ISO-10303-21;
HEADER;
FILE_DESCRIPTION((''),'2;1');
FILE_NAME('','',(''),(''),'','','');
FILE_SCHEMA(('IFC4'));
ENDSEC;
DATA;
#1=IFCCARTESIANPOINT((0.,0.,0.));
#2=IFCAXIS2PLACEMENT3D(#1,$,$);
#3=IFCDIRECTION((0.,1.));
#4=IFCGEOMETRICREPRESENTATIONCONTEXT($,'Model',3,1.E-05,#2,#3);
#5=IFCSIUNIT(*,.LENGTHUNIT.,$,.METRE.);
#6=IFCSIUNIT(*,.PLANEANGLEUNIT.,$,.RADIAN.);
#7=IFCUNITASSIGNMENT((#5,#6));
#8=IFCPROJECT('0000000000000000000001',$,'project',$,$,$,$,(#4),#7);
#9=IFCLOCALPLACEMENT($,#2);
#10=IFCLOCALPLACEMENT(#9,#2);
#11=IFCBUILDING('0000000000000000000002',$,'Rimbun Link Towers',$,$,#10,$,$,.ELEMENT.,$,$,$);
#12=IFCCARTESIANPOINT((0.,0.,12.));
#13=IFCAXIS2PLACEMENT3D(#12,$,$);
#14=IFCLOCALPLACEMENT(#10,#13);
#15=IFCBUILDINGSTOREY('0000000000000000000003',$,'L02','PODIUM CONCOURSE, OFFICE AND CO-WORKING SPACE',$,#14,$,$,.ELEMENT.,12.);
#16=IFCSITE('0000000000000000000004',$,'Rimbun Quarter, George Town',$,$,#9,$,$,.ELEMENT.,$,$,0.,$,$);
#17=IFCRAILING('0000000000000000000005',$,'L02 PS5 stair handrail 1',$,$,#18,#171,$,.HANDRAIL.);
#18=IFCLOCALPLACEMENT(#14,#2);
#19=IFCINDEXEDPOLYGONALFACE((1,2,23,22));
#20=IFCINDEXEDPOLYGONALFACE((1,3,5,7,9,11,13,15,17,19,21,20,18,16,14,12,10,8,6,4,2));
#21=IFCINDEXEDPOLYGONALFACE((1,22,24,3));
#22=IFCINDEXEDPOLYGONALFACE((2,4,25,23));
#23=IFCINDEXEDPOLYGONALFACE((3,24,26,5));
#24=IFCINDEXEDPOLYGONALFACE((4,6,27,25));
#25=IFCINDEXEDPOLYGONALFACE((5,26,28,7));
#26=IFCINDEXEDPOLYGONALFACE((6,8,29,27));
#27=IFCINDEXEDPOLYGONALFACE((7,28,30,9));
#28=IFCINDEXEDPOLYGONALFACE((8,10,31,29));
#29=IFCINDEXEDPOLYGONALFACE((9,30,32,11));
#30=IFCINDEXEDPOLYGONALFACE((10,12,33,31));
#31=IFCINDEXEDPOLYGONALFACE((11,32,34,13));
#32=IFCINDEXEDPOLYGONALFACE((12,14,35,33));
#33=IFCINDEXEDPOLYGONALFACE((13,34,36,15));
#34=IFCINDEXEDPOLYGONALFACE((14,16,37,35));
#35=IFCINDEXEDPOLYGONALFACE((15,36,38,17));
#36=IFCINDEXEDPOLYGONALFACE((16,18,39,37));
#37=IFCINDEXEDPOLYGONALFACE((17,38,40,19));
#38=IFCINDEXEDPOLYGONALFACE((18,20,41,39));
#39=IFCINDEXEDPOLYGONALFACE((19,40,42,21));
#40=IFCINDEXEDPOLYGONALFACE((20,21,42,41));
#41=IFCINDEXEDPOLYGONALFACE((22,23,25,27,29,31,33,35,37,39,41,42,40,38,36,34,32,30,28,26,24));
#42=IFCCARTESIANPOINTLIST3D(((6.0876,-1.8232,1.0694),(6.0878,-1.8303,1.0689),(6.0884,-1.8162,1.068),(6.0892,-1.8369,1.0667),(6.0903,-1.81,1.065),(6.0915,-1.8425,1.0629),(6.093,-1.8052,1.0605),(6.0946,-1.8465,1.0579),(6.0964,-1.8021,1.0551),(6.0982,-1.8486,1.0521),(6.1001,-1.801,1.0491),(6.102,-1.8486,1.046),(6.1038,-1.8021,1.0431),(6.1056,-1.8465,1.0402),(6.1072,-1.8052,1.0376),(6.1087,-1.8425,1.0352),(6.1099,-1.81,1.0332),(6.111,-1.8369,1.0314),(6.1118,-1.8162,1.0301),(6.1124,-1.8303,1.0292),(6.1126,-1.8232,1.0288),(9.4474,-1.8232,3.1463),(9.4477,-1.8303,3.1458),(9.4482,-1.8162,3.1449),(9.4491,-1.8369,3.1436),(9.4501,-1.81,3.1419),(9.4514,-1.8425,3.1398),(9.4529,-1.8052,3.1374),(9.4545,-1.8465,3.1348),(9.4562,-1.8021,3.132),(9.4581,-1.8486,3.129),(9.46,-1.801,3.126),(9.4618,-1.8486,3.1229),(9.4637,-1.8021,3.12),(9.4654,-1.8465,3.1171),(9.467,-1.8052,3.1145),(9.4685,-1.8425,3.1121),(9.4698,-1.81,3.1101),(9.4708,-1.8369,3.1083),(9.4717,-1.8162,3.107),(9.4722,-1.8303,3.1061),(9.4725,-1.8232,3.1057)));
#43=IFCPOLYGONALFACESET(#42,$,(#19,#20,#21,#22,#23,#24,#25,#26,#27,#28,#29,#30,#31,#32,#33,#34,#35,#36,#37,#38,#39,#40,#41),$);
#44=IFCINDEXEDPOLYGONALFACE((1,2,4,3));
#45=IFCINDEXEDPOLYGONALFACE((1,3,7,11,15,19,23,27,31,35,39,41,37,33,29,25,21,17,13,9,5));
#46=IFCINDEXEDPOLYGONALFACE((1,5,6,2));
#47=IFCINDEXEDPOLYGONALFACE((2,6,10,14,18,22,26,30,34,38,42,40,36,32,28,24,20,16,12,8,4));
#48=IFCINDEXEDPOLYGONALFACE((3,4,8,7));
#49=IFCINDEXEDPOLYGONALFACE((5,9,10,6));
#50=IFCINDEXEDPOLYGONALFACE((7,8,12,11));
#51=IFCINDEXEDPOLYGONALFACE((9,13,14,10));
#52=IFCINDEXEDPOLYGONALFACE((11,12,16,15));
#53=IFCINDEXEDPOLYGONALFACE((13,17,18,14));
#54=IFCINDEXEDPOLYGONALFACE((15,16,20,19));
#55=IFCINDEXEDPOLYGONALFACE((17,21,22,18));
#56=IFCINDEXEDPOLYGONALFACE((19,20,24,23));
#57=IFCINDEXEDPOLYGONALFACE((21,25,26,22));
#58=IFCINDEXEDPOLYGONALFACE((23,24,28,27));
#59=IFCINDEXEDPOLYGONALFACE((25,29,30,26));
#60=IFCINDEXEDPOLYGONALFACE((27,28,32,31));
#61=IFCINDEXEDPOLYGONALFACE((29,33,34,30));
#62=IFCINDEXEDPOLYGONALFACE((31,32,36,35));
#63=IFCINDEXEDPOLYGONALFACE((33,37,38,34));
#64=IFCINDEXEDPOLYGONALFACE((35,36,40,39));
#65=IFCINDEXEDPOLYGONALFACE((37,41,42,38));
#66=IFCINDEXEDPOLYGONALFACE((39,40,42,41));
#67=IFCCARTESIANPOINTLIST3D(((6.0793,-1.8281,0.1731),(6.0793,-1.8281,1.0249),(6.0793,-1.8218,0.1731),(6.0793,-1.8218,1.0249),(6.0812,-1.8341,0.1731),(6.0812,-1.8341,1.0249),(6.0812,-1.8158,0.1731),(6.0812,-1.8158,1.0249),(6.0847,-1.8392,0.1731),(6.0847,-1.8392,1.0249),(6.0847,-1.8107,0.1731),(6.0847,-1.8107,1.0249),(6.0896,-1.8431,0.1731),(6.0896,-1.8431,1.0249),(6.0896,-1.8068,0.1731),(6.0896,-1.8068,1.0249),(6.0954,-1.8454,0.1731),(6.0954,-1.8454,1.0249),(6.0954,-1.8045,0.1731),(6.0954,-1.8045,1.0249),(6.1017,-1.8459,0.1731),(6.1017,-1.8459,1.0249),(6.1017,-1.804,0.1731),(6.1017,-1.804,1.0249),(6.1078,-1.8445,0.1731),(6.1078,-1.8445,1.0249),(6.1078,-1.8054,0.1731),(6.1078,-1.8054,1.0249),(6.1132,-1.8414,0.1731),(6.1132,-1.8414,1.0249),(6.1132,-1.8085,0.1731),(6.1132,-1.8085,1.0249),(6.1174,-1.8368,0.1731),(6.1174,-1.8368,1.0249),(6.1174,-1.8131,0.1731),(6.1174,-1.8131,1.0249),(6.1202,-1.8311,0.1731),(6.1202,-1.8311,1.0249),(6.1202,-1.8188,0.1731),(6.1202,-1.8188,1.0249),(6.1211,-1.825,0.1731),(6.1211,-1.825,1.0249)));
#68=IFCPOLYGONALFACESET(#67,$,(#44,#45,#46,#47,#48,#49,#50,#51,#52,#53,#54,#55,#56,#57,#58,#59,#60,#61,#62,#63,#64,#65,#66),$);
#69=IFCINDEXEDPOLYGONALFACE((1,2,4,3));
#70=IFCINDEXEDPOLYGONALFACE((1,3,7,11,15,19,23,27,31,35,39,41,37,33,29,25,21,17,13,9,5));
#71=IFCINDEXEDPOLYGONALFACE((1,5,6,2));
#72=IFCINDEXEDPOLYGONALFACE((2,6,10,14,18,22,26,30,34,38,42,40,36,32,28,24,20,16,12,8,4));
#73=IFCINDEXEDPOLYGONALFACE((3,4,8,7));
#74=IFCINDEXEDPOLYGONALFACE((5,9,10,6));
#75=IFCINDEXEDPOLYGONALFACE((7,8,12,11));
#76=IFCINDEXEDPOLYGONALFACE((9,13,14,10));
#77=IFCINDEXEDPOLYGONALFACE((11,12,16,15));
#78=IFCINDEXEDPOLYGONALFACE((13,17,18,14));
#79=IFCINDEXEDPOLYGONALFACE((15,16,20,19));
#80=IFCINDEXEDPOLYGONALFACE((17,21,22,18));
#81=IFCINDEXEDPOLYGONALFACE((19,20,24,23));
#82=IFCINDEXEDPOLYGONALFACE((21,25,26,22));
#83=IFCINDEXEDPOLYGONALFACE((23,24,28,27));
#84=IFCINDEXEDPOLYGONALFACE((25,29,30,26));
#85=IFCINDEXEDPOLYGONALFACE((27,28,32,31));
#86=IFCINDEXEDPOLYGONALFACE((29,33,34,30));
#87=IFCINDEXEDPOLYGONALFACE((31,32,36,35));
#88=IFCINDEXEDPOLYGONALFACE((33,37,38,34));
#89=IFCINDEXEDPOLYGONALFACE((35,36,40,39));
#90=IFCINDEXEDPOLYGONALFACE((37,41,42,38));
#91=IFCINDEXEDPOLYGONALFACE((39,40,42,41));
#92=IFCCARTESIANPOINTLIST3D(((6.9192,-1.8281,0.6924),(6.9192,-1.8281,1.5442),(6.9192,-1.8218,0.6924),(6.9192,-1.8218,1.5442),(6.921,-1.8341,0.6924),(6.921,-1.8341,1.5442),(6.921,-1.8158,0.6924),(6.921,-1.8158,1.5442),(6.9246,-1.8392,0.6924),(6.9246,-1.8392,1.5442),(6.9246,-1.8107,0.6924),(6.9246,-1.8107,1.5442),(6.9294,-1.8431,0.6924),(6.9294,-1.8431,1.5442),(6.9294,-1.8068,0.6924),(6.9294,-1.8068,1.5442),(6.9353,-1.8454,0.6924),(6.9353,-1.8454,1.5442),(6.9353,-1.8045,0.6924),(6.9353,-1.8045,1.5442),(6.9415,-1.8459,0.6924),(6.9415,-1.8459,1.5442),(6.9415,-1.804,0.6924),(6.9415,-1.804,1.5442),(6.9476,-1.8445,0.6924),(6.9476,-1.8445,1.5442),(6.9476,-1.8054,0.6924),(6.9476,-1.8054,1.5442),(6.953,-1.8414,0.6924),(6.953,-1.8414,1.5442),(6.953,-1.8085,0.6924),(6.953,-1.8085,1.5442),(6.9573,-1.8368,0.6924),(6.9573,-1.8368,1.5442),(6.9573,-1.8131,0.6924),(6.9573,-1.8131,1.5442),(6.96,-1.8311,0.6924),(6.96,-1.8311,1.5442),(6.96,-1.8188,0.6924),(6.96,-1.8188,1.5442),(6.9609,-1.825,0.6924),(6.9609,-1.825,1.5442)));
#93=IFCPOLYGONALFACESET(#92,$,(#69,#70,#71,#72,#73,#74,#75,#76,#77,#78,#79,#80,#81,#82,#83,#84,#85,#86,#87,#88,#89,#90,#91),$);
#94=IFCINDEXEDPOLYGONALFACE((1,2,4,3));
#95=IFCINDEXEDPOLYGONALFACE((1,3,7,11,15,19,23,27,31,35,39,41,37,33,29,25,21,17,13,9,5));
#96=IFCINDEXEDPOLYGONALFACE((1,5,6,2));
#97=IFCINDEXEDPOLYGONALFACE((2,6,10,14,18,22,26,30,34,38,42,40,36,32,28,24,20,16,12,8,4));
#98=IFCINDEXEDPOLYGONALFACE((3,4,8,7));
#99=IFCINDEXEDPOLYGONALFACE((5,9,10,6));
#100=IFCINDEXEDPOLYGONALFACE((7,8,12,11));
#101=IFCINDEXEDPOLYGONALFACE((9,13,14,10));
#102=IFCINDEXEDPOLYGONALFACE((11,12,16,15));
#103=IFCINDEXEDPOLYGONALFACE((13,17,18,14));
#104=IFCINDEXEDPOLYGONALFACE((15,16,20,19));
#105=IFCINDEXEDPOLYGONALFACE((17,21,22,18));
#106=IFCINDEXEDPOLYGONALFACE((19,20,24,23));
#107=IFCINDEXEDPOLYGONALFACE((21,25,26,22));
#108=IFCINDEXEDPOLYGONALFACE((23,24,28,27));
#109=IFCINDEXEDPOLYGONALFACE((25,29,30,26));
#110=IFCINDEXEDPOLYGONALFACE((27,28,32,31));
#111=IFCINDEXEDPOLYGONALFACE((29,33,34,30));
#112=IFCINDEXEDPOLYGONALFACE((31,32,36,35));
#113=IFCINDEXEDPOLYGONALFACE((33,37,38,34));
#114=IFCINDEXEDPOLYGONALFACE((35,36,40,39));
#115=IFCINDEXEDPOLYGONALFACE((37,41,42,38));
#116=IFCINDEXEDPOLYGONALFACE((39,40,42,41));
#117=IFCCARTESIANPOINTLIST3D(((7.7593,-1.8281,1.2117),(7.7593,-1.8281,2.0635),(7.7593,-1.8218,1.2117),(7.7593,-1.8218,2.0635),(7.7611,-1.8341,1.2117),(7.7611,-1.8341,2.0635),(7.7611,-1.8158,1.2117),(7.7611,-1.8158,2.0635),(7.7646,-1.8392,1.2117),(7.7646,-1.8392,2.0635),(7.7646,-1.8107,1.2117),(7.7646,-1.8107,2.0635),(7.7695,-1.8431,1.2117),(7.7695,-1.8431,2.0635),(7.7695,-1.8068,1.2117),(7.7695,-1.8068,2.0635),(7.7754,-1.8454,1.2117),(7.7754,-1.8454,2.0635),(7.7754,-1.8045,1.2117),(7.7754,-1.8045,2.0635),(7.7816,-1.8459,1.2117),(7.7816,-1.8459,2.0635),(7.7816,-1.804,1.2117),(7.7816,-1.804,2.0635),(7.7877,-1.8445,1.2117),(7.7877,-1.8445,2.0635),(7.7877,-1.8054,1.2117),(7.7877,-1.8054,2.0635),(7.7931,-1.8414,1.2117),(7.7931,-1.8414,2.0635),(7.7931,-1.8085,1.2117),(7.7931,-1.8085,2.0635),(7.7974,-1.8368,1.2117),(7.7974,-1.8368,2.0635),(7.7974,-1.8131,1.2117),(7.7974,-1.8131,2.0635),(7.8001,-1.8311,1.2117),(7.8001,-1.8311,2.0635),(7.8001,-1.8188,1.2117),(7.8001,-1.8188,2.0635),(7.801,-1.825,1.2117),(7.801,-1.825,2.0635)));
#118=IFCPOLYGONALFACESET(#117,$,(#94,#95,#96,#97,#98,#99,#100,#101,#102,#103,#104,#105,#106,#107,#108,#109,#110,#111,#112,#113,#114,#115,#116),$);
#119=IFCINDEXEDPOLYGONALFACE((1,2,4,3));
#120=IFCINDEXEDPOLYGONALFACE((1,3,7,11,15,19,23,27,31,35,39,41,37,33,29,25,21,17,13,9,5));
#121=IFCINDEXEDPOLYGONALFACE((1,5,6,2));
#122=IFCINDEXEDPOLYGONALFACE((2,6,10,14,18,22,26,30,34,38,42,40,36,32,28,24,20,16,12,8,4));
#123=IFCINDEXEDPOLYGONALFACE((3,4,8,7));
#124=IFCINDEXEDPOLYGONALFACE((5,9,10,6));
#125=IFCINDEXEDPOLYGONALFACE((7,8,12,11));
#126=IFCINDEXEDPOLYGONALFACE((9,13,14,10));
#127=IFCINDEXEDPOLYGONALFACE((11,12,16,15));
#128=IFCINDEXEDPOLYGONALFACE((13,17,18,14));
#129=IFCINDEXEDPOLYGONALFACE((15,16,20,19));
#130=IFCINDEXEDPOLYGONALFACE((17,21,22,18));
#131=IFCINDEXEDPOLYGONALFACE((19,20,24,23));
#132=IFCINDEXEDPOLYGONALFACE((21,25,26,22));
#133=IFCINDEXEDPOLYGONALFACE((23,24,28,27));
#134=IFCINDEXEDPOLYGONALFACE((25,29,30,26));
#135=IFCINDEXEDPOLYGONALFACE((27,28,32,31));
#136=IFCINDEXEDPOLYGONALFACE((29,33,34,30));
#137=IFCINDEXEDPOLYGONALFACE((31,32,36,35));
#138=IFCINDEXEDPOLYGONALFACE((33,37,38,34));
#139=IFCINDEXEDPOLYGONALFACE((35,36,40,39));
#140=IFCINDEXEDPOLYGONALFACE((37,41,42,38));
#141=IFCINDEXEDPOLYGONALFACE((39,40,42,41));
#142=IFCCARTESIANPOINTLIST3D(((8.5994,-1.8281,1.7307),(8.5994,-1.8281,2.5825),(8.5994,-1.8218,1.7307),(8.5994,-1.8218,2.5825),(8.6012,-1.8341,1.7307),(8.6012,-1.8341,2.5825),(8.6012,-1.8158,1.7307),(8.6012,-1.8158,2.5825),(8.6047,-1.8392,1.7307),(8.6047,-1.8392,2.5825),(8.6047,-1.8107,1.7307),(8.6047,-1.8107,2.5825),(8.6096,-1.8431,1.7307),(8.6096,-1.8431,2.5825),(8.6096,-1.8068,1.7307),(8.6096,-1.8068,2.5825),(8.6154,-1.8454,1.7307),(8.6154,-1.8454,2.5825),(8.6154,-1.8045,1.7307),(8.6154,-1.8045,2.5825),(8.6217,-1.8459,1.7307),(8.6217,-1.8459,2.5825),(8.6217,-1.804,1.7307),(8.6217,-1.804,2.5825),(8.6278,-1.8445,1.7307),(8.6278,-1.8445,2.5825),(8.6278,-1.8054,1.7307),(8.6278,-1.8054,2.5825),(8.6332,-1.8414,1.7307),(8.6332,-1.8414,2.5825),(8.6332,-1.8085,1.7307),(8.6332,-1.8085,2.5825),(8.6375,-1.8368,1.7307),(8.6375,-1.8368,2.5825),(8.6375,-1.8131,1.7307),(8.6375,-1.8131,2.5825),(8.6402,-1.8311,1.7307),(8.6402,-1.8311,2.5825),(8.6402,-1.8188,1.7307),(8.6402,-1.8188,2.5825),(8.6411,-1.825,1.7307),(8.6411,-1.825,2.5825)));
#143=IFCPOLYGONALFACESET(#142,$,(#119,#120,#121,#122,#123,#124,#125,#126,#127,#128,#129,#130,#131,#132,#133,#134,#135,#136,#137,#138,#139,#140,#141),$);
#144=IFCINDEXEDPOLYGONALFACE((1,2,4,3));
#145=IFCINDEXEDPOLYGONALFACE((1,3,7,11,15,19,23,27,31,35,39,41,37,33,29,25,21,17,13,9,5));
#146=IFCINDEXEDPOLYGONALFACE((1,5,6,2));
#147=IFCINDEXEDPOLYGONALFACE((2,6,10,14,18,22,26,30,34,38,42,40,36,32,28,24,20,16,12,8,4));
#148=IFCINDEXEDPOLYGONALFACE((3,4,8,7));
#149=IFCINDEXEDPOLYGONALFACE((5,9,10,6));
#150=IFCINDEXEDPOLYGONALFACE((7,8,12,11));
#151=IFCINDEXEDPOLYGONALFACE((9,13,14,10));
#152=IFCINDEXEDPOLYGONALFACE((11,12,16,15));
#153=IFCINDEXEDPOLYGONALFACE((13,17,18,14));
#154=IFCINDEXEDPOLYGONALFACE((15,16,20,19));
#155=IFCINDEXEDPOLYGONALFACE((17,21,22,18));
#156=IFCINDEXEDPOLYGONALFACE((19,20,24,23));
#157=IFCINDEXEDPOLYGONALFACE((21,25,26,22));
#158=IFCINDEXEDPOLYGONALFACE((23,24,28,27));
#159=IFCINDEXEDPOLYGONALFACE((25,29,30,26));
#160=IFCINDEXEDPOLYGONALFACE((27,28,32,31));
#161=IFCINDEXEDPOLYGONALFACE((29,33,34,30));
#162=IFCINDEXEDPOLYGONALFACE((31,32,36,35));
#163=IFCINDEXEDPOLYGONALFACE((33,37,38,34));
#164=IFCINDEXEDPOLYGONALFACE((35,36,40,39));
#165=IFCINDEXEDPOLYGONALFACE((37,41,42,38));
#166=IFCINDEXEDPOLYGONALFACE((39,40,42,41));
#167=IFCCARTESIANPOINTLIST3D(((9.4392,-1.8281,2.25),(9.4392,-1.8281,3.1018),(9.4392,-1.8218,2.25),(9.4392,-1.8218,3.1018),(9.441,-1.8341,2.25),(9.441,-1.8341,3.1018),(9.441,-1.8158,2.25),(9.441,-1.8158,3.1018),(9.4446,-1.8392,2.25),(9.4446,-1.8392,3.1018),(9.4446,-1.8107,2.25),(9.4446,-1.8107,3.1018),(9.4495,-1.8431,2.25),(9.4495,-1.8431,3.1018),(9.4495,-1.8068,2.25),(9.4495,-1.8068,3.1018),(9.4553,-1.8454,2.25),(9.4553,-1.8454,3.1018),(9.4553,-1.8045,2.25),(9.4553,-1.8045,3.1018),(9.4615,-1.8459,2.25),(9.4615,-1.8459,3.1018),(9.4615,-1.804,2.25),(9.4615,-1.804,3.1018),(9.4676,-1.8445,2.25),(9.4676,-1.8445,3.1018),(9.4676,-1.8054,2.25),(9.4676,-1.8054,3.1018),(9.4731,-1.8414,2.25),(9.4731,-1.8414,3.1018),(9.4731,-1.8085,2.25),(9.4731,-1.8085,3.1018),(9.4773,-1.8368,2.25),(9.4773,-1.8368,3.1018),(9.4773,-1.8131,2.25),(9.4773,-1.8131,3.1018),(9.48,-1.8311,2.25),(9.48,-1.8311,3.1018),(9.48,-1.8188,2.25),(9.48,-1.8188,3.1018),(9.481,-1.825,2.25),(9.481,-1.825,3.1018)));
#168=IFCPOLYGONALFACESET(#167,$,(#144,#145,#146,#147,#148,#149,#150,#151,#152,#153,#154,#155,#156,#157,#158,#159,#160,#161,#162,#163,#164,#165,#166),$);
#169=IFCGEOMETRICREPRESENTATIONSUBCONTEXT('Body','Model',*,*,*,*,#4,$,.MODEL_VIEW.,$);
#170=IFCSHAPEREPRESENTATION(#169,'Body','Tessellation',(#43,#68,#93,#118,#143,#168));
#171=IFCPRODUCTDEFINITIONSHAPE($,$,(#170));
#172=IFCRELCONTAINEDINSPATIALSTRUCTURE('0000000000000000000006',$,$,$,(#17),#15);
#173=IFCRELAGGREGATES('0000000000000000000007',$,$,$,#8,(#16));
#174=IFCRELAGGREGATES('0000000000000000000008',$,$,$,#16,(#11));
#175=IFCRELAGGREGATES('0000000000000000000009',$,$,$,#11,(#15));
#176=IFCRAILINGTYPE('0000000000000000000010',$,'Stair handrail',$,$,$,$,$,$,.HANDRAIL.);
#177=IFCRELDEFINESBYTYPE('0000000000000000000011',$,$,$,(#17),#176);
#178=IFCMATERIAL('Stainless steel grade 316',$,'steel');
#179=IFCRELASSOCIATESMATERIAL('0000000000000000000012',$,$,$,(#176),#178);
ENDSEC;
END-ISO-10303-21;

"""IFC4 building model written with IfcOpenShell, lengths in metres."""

from ifc_helpers import new_model, si_unit, direction, frame, origin, origin_2d, place, context, subcontext, project, spatial, circle, extrude, material, type_object, element, save


model = new_model("IFC4")

# Units and contexts
model_context = context("Model", 3, precision=1e-05, world=origin(), true_north=direction((0.0, 1.0)))
body_context = subcontext(model_context, "Body", "Model", "MODEL_VIEW")
ifc_project = project(units=[si_unit("LENGTHUNIT", "METRE"), si_unit("PLANEANGLEUNIT", "RADIAN")], contexts=[model_context])

# Site, building, storey
site_placement = place(None, origin())
site = spatial("IfcSite", under=ifc_project, at=site_placement, Name="Rimbun Quarter, George Town", CompositionType="ELEMENT", RefElevation=0.0)
building_placement = place(site_placement, origin())
building = spatial("IfcBuilding", under=site, at=building_placement, Name="Rimbun Link Towers", CompositionType="ELEMENT")
storey_placement = place(building_placement, frame((0.0, 0.0, 12.0)))
storey = spatial("IfcBuildingStorey", under=building, at=storey_placement, Name="L02", Description="PODIUM CONCOURSE, OFFICE AND CO-WORKING SPACE", CompositionType="ELEMENT", Elevation=12.0)

# Railing
ifc_material_1 = material(Name="Stainless steel grade 316", Category="steel")
railing_type_1 = type_object("IfcRailingType", Name="Stair handrail", PredefinedType="HANDRAIL", material=ifc_material_1)
railing_1_placement = place(storey_placement, frame((6.1001, -1.825, 0.1731)))
element("IfcRailing", 1, at=railing_1_placement, inside=storey, type_object=railing_type_1, Name="L02 PS5 stair handrail 1", PredefinedType="HANDRAIL", context=body_context, shape_type="SweptSolid", body=[
    extrude(circle(Radius=0.0239, at=origin_2d()), frame((0.0, 0.0, 0.876), z_axis=(0.850606, 0.0, 0.525803), x_axis=(0.0, 1.0, 0.0)), (0.0, 0.0, 1.0), 3.95),
    extrude(circle(Radius=0.021, at=origin_2d()), origin(), (0.0, 0.0, 1.0), 0.8518),
    extrude(circle(Radius=0.021, at=origin_2d()), frame((0.8398, 0.0, 0.5193)), (0.0, 0.0, 1.0), 0.8518),
    extrude(circle(Radius=0.021, at=origin_2d()), frame((1.6799, 0.0, 1.0386)), (0.0, 0.0, 1.0), 0.8518),
    extrude(circle(Radius=0.021, at=origin_2d()), frame((2.52, 0.0, 1.5576)), (0.0, 0.0, 1.0), 0.8518),
    extrude(circle(Radius=0.021, at=origin_2d()), frame((3.3599, 0.0, 2.0769)), (0.0, 0.0, 1.0), 0.8518),
])

save(model, "model.ifc")
